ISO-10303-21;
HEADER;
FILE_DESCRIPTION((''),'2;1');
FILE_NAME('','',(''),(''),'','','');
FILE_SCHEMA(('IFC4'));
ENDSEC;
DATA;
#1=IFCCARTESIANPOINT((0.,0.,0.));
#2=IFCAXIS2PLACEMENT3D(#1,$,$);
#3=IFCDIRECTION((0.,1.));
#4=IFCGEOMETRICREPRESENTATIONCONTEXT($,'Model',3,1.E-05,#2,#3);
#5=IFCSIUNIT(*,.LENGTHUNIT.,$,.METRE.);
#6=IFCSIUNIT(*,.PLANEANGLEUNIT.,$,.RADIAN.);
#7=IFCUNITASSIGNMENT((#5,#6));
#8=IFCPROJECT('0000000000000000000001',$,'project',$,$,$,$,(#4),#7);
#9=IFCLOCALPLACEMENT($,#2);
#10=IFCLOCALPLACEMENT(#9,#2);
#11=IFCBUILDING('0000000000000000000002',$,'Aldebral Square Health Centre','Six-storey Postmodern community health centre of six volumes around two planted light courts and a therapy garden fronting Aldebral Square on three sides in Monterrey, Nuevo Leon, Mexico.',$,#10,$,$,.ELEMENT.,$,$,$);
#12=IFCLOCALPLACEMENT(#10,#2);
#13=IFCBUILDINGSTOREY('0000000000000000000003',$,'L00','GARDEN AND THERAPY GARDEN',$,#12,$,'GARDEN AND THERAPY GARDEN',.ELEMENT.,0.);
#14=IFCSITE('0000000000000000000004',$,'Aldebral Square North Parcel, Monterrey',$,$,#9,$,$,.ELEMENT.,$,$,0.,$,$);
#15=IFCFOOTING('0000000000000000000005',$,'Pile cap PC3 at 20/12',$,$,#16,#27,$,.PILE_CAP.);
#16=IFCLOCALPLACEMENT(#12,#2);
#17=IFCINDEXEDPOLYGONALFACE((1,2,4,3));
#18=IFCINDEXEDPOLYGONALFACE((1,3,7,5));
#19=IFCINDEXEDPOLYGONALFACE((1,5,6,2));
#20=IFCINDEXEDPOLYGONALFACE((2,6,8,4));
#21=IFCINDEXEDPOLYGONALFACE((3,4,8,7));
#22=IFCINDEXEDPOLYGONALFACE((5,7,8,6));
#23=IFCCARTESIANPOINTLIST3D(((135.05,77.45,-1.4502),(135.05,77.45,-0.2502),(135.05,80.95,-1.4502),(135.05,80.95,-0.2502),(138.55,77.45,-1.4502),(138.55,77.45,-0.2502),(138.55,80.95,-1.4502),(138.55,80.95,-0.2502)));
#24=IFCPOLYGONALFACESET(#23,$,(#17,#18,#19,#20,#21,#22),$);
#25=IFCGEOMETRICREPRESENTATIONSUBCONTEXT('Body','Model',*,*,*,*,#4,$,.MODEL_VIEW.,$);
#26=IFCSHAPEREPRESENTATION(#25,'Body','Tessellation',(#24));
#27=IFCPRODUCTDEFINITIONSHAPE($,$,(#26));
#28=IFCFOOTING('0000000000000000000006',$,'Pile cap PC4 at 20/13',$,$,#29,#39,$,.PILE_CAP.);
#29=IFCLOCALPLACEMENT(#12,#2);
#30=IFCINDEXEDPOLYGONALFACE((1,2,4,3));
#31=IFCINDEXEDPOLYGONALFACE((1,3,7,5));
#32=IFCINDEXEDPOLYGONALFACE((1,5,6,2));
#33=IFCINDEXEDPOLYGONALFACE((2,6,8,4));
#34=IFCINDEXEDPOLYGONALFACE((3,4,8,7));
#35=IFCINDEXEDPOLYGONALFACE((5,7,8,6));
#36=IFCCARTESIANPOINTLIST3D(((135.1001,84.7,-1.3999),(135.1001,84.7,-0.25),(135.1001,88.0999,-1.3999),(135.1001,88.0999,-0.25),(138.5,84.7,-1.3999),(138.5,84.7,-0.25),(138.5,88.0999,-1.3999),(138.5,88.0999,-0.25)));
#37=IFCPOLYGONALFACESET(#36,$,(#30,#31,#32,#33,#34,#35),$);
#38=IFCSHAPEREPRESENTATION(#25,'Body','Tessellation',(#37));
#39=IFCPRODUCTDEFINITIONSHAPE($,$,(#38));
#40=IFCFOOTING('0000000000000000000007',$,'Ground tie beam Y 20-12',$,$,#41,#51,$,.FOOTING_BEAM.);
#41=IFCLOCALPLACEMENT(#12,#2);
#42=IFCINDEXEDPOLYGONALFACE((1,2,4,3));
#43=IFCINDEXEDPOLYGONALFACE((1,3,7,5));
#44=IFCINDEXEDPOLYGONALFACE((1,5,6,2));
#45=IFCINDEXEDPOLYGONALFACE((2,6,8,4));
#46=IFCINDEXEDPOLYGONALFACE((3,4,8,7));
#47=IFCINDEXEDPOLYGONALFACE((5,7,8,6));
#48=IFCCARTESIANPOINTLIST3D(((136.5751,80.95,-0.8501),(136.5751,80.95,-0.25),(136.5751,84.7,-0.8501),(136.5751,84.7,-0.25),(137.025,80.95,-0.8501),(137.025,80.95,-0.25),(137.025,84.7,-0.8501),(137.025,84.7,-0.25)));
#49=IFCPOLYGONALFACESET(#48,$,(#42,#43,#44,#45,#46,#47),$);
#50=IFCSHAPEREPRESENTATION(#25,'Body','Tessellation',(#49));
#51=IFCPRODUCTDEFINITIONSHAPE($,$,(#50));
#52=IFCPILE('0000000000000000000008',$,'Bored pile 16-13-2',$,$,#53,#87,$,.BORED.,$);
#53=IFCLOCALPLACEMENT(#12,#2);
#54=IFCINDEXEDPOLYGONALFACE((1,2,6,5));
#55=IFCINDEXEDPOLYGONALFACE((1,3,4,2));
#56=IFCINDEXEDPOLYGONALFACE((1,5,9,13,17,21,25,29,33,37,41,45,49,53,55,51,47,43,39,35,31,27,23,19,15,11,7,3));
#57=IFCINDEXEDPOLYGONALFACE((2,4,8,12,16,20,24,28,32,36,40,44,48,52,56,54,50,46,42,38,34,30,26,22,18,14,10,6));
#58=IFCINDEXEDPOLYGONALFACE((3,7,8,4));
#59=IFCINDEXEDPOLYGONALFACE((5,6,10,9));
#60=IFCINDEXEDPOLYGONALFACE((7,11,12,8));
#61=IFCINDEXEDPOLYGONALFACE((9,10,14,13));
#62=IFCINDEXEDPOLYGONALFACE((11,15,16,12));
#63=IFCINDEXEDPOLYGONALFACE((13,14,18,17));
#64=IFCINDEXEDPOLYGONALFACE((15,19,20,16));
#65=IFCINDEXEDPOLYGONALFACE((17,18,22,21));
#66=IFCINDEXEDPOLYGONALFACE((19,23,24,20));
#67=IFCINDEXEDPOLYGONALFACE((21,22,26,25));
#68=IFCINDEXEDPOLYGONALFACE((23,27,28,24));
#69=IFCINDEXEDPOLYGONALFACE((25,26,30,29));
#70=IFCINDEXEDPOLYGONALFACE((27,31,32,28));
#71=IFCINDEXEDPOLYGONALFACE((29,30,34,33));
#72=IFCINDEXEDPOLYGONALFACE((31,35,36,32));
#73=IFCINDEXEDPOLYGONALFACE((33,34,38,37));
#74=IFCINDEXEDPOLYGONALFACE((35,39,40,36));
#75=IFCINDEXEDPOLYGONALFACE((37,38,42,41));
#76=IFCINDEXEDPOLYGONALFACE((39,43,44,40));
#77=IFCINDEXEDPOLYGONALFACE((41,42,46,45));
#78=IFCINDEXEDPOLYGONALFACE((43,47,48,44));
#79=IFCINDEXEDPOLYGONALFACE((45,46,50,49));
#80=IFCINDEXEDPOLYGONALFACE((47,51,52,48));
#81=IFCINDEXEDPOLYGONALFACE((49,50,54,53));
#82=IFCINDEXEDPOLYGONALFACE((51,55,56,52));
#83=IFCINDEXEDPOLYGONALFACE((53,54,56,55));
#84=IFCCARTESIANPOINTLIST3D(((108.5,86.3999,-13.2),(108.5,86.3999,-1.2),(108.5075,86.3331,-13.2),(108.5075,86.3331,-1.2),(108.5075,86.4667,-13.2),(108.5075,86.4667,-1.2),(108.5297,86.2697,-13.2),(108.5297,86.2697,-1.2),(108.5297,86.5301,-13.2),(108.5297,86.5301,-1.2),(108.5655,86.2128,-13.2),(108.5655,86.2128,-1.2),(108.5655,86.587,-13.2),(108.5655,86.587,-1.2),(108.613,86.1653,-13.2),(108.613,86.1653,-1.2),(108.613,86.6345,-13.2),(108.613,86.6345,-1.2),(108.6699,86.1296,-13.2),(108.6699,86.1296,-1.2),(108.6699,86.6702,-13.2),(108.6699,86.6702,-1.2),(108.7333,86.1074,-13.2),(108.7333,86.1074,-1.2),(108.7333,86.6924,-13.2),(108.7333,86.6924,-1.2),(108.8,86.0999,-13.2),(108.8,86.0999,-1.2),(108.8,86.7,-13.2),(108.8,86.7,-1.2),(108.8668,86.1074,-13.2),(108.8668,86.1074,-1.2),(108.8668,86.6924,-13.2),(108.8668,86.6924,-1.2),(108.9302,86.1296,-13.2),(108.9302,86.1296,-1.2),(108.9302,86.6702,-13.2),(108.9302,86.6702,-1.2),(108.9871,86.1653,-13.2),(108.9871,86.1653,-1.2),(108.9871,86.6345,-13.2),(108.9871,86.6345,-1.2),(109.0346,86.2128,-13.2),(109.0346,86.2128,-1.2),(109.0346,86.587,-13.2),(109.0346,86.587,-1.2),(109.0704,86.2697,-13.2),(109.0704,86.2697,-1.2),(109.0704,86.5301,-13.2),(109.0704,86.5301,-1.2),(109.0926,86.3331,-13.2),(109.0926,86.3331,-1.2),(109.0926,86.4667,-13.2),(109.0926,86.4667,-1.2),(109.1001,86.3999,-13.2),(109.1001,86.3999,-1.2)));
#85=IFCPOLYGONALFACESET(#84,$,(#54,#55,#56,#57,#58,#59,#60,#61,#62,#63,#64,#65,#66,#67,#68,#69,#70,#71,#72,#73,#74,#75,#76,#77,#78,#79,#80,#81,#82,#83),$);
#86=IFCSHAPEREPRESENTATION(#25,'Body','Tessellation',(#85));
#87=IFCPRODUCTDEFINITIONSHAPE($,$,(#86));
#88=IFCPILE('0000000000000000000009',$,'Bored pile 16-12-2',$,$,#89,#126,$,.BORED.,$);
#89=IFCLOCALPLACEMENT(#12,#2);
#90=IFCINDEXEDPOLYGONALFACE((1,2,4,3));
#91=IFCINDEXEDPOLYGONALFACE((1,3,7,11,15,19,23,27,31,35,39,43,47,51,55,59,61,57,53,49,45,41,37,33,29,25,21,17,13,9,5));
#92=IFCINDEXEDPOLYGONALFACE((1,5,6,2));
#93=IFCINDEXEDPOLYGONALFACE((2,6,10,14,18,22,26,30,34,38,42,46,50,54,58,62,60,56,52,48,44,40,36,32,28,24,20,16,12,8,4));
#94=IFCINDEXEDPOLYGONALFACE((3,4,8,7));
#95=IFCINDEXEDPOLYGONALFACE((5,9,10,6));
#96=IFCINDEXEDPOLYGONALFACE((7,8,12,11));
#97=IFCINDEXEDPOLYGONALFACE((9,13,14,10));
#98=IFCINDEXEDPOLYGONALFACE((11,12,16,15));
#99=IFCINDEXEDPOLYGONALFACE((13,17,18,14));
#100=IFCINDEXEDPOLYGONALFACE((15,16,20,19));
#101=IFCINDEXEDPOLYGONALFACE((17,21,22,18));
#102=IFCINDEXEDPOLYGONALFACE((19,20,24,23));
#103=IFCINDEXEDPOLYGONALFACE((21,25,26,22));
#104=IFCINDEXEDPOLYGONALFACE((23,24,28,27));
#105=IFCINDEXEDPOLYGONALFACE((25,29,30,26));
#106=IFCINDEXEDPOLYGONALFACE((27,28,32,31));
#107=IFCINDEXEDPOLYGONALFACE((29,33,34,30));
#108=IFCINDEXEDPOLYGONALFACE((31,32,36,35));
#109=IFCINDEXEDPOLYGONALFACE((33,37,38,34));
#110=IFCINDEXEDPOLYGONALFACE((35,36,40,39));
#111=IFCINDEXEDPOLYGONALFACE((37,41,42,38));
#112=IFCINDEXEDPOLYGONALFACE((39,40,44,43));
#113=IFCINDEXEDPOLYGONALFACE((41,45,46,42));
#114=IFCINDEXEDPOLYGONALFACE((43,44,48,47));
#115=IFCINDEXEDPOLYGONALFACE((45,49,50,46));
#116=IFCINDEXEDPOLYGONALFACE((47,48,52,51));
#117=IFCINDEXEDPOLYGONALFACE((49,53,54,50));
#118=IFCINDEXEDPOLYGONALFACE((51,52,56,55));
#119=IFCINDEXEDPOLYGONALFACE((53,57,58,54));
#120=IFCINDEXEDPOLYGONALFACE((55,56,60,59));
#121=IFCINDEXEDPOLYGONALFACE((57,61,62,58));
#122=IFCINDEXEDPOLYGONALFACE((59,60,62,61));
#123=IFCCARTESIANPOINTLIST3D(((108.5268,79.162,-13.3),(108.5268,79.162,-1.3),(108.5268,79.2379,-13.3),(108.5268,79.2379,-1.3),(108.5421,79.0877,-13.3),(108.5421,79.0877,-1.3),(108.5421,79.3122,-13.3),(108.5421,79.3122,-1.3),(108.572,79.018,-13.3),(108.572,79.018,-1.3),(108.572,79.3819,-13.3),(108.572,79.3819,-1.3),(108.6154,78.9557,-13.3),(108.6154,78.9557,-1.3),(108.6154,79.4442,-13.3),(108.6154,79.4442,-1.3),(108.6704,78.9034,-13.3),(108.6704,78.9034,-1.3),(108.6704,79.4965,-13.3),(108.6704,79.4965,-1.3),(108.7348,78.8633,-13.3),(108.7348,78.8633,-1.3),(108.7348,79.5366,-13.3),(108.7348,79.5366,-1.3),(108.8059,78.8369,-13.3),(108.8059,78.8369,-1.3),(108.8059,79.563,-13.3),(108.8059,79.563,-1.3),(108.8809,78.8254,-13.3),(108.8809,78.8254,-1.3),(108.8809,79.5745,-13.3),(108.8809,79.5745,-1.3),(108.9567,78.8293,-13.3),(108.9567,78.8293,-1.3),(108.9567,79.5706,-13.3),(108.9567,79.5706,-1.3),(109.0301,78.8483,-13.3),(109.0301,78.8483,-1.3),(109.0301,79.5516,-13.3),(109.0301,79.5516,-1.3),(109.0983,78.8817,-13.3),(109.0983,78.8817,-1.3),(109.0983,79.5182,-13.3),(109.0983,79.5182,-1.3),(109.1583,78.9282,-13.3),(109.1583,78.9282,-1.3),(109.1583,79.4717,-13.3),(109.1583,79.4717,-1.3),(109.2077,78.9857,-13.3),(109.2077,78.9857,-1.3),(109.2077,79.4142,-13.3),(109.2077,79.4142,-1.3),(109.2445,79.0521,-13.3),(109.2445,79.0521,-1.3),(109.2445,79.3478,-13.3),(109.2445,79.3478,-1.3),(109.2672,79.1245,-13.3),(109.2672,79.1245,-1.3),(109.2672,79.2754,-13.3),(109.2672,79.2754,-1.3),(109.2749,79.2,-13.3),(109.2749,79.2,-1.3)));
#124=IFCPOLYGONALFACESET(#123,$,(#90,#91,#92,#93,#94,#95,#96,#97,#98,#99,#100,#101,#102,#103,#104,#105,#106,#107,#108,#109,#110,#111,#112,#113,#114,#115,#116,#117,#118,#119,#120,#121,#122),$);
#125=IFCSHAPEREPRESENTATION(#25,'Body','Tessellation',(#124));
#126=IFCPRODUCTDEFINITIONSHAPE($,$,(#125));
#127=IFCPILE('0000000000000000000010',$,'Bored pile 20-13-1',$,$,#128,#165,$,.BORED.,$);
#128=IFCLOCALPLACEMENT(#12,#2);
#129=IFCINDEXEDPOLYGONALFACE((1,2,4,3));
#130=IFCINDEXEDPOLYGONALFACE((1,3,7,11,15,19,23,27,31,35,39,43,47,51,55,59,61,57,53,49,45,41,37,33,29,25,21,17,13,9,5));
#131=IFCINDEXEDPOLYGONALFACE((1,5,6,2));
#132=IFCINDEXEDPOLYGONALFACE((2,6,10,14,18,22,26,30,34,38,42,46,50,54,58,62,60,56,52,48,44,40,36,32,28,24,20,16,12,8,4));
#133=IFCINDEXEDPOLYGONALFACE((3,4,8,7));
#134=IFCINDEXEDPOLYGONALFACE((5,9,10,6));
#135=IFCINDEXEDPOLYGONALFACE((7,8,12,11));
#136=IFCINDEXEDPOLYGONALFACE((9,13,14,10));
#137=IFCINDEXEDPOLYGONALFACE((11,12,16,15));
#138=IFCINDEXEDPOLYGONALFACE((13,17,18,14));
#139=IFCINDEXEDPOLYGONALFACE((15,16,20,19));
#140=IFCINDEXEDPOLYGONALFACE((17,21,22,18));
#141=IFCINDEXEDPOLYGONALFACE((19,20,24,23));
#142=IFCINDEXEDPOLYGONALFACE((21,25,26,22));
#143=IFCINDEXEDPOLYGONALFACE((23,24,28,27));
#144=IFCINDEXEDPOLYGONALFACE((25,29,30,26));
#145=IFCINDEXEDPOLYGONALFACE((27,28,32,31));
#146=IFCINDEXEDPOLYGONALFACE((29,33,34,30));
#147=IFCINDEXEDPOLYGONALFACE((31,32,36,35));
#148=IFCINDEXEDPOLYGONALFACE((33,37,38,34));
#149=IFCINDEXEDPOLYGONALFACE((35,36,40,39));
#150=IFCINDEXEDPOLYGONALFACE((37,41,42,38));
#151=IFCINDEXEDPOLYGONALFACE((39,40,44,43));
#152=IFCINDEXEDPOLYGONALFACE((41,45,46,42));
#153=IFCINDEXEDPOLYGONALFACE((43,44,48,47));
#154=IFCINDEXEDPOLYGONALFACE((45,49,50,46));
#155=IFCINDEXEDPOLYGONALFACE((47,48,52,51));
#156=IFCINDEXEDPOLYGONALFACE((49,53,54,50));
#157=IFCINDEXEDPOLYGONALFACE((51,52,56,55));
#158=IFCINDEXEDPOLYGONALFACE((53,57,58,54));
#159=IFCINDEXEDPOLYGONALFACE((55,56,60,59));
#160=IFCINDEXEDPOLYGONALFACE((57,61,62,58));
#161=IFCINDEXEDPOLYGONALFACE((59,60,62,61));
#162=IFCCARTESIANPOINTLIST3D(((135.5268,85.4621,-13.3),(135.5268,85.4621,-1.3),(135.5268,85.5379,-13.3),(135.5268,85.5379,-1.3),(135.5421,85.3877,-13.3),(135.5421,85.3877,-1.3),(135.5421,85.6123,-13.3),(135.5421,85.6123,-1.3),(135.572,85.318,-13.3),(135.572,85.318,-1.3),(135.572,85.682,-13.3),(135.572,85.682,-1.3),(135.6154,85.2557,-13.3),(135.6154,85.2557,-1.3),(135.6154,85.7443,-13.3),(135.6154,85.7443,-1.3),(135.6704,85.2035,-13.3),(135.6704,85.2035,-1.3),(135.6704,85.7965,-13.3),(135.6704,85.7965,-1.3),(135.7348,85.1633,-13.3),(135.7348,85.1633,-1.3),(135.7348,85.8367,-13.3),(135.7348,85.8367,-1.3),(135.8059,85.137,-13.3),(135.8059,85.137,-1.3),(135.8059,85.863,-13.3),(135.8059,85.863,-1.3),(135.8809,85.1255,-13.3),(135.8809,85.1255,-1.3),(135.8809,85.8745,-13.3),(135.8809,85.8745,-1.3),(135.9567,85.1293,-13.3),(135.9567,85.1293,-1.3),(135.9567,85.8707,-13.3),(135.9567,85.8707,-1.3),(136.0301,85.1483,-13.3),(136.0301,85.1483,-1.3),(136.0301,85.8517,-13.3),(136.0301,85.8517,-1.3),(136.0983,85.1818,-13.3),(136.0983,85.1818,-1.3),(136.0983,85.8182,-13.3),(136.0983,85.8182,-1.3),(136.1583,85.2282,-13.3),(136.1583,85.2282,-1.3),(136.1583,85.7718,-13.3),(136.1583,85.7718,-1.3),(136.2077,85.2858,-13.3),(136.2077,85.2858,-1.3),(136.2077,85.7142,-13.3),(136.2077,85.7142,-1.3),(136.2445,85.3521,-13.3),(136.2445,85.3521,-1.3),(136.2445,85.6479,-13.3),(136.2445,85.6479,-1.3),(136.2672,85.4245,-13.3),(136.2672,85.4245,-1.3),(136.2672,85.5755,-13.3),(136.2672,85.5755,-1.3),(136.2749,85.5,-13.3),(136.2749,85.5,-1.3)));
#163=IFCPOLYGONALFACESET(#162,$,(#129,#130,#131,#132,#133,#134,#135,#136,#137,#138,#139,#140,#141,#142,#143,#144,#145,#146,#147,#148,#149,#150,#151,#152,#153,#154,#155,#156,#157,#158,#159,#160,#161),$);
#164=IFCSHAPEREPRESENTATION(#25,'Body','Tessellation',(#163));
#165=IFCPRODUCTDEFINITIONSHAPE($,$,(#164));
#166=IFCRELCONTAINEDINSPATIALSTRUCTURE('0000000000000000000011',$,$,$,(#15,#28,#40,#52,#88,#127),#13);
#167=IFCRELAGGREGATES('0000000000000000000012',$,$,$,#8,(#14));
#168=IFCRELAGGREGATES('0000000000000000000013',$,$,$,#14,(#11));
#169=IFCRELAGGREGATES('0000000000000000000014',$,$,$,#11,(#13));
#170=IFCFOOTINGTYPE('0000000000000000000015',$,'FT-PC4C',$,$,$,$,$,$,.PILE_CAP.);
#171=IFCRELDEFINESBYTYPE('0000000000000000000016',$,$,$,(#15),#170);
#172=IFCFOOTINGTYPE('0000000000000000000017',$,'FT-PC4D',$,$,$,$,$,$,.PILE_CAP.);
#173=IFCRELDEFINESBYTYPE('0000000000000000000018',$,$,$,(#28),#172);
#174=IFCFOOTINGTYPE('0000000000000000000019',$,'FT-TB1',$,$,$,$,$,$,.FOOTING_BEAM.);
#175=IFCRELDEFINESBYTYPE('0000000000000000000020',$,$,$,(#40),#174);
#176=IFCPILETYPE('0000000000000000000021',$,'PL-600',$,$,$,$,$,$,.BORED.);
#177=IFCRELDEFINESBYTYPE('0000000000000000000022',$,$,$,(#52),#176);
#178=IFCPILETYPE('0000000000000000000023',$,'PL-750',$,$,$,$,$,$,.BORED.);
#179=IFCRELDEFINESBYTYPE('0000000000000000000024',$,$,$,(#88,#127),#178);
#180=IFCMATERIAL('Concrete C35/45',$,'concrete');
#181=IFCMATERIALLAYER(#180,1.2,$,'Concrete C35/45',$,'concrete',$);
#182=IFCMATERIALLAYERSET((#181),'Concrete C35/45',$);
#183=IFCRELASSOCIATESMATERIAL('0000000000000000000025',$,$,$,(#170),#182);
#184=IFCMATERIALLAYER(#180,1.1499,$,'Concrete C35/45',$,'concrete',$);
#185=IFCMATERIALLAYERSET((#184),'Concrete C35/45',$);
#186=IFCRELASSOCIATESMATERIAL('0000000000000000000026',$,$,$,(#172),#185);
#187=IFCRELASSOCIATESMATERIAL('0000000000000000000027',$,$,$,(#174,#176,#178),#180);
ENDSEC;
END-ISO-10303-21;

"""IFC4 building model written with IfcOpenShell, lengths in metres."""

from ifc_helpers import new_model, si_unit, direction, frame, origin, origin_2d, place, context, subcontext, project, spatial, rectangle, circle, extrude, material, layer, layer_set, material_profile, profile_set, type_object, element, save


model = new_model("IFC4")

# Units and contexts
model_context = context("Model", 3, precision=1e-05, world=origin(), true_north=direction((0.0, 1.0)))
body_context = subcontext(model_context, "Body", "Model", "MODEL_VIEW")
ifc_project = project(units=[si_unit("LENGTHUNIT", "METRE"), si_unit("PLANEANGLEUNIT", "RADIAN")], contexts=[model_context])

# Site, building, storey
site_placement = place(None, origin())
site = spatial("IfcSite", under=ifc_project, at=site_placement, Name="Aldebral Square North Parcel, Monterrey", CompositionType="ELEMENT", RefElevation=0.0)
building_placement = place(site_placement, origin())
building = spatial("IfcBuilding", under=site, at=building_placement, Name="Aldebral Square Health Centre", Description="Six-storey Postmodern community health centre of six volumes around two planted light courts and a therapy garden fronting Aldebral Square on three sides in Monterrey, Nuevo Leon, Mexico.", CompositionType="ELEMENT")
storey_placement = place(building_placement, origin())
storey = spatial("IfcBuildingStorey", under=building, at=storey_placement, Name="L00", Description="GARDEN AND THERAPY GARDEN", LongName="GARDEN AND THERAPY GARDEN", CompositionType="ELEMENT", Elevation=0.0)

# Footings
ifc_material_1 = material(Name="Concrete C35/45", Category="concrete")
ifc_layer_1 = layer(ifc_material_1, 1.2, Name="Concrete C35/45", Category="concrete")
ifc_layer_set_1 = layer_set([ifc_layer_1], Name="Concrete C35/45")
footing_type_1 = type_object("IfcFootingType", Name="FT-PC4C", PredefinedType="PILE_CAP", material=ifc_layer_set_1)
footing_1_placement = place(storey_placement, frame((136.8, 79.2, -1.4502), z_axis=(0.0, 0.0, 1.0), x_axis=(1.0, 0.0, 0.0)))
element("IfcFooting", 1, at=footing_1_placement, inside=storey, type_object=footing_type_1, Name="Pile cap PC3 at 20/12", PredefinedType="PILE_CAP", context=body_context, shape_type="SweptSolid", body=[
    extrude(rectangle(XDim=3.5, YDim=3.5, at=origin_2d()), origin(), (0.0, 0.0, 1.0), 1.2),
])
ifc_layer_2 = layer(ifc_material_1, 1.1499, Name="Concrete C35/45", Category="concrete")
ifc_layer_set_2 = layer_set([ifc_layer_2], Name="Concrete C35/45")
footing_type_2 = type_object("IfcFootingType", Name="FT-PC4D", PredefinedType="PILE_CAP", material=ifc_layer_set_2)
footing_2_placement = place(storey_placement, frame((136.8, 86.3999, -1.3999), z_axis=(0.0, 0.0, 1.0), x_axis=(1.0, 0.0, 0.0)))
element("IfcFooting", 2, at=footing_2_placement, inside=storey, type_object=footing_type_2, Name="Pile cap PC4 at 20/13", PredefinedType="PILE_CAP", context=body_context, shape_type="SweptSolid", body=[
    extrude(rectangle(XDim=3.3999, YDim=3.3999, at=origin_2d()), origin(), (0.0, 0.0, 1.0), 1.1499),
])
ifc_material_profile_1 = material_profile(ifc_material_1, rectangle(XDim=0.45, YDim=0.6001, at=origin_2d()), Name="RC 450x600")
ifc_profile_set_1 = profile_set([ifc_material_profile_1], Name="Concrete C35/45")
footing_type_3 = type_object("IfcFootingType", Name="FT-TB1", PredefinedType="FOOTING_BEAM", material=ifc_profile_set_1)
footing_3_placement = place(storey_placement, frame((136.8, 80.95, -0.55), z_axis=(0.0, 1.0, 0.0), x_axis=(-1.0, 0.0, 0.0)))
element("IfcFooting", 3, at=footing_3_placement, inside=storey, type_object=footing_type_3, Name="Ground tie beam Y 20-12", PredefinedType="FOOTING_BEAM", context=body_context, shape_type="SweptSolid", body=[
    extrude(rectangle(XDim=0.45, YDim=0.6001, at=origin_2d()), origin(), (0.0, 0.0, 1.0), 3.75),
])

# Piles
ifc_material_profile_2 = material_profile(ifc_material_1, circle(Radius=0.3, at=origin_2d()), Name="PILE D600")
ifc_profile_set_2 = profile_set([ifc_material_profile_2], Name="Concrete C35/45")
pile_type_1 = type_object("IfcPileType", Name="PL-600", PredefinedType="BORED", material=ifc_profile_set_2)
pile_1_placement = place(storey_placement, frame((108.8, 86.3999, -1.2), z_axis=(0.0, 0.0, -1.0), x_axis=(1.0, 0.0, 0.0)))
element("IfcPile", 4, at=pile_1_placement, inside=storey, type_object=pile_type_1, Name="Bored pile 16-13-2", PredefinedType="BORED", context=body_context, shape_type="SweptSolid", body=[
    extrude(circle(Radius=0.3, at=origin_2d()), origin(), (0.0, 0.0, 1.0), 12.0),
])
ifc_material_profile_3 = material_profile(ifc_material_1, circle(Radius=0.375, at=origin_2d()), Name="PILE D750")
ifc_profile_set_3 = profile_set([ifc_material_profile_3], Name="Concrete C35/45")
pile_type_2 = type_object("IfcPileType", Name="PL-750", PredefinedType="BORED", material=ifc_profile_set_3)
for number, where, z_axis, x_axis, name in (
    (5, (108.8999, 79.2, -1.3), (0.0, 0.0, -1.0), (1.0, 0.0, 0.0), "Bored pile 16-12-2"),
    (6, (135.8999, 85.5, -1.3), (0.0, 0.0, -1.0), (1.0, 0.0, 0.0), "Bored pile 20-13-1"),
):
    element("IfcPile", number, at=place(storey_placement, frame(where, z_axis=z_axis, x_axis=x_axis)), inside=storey, type_object=pile_type_2, Name=name, PredefinedType="BORED", context=body_context, shape_type="SweptSolid", body=[
        extrude(circle(Radius=0.375, at=origin_2d()), origin(), (0.0, 0.0, 1.0), 12.0),
    ])

save(model, "model.ifc")
